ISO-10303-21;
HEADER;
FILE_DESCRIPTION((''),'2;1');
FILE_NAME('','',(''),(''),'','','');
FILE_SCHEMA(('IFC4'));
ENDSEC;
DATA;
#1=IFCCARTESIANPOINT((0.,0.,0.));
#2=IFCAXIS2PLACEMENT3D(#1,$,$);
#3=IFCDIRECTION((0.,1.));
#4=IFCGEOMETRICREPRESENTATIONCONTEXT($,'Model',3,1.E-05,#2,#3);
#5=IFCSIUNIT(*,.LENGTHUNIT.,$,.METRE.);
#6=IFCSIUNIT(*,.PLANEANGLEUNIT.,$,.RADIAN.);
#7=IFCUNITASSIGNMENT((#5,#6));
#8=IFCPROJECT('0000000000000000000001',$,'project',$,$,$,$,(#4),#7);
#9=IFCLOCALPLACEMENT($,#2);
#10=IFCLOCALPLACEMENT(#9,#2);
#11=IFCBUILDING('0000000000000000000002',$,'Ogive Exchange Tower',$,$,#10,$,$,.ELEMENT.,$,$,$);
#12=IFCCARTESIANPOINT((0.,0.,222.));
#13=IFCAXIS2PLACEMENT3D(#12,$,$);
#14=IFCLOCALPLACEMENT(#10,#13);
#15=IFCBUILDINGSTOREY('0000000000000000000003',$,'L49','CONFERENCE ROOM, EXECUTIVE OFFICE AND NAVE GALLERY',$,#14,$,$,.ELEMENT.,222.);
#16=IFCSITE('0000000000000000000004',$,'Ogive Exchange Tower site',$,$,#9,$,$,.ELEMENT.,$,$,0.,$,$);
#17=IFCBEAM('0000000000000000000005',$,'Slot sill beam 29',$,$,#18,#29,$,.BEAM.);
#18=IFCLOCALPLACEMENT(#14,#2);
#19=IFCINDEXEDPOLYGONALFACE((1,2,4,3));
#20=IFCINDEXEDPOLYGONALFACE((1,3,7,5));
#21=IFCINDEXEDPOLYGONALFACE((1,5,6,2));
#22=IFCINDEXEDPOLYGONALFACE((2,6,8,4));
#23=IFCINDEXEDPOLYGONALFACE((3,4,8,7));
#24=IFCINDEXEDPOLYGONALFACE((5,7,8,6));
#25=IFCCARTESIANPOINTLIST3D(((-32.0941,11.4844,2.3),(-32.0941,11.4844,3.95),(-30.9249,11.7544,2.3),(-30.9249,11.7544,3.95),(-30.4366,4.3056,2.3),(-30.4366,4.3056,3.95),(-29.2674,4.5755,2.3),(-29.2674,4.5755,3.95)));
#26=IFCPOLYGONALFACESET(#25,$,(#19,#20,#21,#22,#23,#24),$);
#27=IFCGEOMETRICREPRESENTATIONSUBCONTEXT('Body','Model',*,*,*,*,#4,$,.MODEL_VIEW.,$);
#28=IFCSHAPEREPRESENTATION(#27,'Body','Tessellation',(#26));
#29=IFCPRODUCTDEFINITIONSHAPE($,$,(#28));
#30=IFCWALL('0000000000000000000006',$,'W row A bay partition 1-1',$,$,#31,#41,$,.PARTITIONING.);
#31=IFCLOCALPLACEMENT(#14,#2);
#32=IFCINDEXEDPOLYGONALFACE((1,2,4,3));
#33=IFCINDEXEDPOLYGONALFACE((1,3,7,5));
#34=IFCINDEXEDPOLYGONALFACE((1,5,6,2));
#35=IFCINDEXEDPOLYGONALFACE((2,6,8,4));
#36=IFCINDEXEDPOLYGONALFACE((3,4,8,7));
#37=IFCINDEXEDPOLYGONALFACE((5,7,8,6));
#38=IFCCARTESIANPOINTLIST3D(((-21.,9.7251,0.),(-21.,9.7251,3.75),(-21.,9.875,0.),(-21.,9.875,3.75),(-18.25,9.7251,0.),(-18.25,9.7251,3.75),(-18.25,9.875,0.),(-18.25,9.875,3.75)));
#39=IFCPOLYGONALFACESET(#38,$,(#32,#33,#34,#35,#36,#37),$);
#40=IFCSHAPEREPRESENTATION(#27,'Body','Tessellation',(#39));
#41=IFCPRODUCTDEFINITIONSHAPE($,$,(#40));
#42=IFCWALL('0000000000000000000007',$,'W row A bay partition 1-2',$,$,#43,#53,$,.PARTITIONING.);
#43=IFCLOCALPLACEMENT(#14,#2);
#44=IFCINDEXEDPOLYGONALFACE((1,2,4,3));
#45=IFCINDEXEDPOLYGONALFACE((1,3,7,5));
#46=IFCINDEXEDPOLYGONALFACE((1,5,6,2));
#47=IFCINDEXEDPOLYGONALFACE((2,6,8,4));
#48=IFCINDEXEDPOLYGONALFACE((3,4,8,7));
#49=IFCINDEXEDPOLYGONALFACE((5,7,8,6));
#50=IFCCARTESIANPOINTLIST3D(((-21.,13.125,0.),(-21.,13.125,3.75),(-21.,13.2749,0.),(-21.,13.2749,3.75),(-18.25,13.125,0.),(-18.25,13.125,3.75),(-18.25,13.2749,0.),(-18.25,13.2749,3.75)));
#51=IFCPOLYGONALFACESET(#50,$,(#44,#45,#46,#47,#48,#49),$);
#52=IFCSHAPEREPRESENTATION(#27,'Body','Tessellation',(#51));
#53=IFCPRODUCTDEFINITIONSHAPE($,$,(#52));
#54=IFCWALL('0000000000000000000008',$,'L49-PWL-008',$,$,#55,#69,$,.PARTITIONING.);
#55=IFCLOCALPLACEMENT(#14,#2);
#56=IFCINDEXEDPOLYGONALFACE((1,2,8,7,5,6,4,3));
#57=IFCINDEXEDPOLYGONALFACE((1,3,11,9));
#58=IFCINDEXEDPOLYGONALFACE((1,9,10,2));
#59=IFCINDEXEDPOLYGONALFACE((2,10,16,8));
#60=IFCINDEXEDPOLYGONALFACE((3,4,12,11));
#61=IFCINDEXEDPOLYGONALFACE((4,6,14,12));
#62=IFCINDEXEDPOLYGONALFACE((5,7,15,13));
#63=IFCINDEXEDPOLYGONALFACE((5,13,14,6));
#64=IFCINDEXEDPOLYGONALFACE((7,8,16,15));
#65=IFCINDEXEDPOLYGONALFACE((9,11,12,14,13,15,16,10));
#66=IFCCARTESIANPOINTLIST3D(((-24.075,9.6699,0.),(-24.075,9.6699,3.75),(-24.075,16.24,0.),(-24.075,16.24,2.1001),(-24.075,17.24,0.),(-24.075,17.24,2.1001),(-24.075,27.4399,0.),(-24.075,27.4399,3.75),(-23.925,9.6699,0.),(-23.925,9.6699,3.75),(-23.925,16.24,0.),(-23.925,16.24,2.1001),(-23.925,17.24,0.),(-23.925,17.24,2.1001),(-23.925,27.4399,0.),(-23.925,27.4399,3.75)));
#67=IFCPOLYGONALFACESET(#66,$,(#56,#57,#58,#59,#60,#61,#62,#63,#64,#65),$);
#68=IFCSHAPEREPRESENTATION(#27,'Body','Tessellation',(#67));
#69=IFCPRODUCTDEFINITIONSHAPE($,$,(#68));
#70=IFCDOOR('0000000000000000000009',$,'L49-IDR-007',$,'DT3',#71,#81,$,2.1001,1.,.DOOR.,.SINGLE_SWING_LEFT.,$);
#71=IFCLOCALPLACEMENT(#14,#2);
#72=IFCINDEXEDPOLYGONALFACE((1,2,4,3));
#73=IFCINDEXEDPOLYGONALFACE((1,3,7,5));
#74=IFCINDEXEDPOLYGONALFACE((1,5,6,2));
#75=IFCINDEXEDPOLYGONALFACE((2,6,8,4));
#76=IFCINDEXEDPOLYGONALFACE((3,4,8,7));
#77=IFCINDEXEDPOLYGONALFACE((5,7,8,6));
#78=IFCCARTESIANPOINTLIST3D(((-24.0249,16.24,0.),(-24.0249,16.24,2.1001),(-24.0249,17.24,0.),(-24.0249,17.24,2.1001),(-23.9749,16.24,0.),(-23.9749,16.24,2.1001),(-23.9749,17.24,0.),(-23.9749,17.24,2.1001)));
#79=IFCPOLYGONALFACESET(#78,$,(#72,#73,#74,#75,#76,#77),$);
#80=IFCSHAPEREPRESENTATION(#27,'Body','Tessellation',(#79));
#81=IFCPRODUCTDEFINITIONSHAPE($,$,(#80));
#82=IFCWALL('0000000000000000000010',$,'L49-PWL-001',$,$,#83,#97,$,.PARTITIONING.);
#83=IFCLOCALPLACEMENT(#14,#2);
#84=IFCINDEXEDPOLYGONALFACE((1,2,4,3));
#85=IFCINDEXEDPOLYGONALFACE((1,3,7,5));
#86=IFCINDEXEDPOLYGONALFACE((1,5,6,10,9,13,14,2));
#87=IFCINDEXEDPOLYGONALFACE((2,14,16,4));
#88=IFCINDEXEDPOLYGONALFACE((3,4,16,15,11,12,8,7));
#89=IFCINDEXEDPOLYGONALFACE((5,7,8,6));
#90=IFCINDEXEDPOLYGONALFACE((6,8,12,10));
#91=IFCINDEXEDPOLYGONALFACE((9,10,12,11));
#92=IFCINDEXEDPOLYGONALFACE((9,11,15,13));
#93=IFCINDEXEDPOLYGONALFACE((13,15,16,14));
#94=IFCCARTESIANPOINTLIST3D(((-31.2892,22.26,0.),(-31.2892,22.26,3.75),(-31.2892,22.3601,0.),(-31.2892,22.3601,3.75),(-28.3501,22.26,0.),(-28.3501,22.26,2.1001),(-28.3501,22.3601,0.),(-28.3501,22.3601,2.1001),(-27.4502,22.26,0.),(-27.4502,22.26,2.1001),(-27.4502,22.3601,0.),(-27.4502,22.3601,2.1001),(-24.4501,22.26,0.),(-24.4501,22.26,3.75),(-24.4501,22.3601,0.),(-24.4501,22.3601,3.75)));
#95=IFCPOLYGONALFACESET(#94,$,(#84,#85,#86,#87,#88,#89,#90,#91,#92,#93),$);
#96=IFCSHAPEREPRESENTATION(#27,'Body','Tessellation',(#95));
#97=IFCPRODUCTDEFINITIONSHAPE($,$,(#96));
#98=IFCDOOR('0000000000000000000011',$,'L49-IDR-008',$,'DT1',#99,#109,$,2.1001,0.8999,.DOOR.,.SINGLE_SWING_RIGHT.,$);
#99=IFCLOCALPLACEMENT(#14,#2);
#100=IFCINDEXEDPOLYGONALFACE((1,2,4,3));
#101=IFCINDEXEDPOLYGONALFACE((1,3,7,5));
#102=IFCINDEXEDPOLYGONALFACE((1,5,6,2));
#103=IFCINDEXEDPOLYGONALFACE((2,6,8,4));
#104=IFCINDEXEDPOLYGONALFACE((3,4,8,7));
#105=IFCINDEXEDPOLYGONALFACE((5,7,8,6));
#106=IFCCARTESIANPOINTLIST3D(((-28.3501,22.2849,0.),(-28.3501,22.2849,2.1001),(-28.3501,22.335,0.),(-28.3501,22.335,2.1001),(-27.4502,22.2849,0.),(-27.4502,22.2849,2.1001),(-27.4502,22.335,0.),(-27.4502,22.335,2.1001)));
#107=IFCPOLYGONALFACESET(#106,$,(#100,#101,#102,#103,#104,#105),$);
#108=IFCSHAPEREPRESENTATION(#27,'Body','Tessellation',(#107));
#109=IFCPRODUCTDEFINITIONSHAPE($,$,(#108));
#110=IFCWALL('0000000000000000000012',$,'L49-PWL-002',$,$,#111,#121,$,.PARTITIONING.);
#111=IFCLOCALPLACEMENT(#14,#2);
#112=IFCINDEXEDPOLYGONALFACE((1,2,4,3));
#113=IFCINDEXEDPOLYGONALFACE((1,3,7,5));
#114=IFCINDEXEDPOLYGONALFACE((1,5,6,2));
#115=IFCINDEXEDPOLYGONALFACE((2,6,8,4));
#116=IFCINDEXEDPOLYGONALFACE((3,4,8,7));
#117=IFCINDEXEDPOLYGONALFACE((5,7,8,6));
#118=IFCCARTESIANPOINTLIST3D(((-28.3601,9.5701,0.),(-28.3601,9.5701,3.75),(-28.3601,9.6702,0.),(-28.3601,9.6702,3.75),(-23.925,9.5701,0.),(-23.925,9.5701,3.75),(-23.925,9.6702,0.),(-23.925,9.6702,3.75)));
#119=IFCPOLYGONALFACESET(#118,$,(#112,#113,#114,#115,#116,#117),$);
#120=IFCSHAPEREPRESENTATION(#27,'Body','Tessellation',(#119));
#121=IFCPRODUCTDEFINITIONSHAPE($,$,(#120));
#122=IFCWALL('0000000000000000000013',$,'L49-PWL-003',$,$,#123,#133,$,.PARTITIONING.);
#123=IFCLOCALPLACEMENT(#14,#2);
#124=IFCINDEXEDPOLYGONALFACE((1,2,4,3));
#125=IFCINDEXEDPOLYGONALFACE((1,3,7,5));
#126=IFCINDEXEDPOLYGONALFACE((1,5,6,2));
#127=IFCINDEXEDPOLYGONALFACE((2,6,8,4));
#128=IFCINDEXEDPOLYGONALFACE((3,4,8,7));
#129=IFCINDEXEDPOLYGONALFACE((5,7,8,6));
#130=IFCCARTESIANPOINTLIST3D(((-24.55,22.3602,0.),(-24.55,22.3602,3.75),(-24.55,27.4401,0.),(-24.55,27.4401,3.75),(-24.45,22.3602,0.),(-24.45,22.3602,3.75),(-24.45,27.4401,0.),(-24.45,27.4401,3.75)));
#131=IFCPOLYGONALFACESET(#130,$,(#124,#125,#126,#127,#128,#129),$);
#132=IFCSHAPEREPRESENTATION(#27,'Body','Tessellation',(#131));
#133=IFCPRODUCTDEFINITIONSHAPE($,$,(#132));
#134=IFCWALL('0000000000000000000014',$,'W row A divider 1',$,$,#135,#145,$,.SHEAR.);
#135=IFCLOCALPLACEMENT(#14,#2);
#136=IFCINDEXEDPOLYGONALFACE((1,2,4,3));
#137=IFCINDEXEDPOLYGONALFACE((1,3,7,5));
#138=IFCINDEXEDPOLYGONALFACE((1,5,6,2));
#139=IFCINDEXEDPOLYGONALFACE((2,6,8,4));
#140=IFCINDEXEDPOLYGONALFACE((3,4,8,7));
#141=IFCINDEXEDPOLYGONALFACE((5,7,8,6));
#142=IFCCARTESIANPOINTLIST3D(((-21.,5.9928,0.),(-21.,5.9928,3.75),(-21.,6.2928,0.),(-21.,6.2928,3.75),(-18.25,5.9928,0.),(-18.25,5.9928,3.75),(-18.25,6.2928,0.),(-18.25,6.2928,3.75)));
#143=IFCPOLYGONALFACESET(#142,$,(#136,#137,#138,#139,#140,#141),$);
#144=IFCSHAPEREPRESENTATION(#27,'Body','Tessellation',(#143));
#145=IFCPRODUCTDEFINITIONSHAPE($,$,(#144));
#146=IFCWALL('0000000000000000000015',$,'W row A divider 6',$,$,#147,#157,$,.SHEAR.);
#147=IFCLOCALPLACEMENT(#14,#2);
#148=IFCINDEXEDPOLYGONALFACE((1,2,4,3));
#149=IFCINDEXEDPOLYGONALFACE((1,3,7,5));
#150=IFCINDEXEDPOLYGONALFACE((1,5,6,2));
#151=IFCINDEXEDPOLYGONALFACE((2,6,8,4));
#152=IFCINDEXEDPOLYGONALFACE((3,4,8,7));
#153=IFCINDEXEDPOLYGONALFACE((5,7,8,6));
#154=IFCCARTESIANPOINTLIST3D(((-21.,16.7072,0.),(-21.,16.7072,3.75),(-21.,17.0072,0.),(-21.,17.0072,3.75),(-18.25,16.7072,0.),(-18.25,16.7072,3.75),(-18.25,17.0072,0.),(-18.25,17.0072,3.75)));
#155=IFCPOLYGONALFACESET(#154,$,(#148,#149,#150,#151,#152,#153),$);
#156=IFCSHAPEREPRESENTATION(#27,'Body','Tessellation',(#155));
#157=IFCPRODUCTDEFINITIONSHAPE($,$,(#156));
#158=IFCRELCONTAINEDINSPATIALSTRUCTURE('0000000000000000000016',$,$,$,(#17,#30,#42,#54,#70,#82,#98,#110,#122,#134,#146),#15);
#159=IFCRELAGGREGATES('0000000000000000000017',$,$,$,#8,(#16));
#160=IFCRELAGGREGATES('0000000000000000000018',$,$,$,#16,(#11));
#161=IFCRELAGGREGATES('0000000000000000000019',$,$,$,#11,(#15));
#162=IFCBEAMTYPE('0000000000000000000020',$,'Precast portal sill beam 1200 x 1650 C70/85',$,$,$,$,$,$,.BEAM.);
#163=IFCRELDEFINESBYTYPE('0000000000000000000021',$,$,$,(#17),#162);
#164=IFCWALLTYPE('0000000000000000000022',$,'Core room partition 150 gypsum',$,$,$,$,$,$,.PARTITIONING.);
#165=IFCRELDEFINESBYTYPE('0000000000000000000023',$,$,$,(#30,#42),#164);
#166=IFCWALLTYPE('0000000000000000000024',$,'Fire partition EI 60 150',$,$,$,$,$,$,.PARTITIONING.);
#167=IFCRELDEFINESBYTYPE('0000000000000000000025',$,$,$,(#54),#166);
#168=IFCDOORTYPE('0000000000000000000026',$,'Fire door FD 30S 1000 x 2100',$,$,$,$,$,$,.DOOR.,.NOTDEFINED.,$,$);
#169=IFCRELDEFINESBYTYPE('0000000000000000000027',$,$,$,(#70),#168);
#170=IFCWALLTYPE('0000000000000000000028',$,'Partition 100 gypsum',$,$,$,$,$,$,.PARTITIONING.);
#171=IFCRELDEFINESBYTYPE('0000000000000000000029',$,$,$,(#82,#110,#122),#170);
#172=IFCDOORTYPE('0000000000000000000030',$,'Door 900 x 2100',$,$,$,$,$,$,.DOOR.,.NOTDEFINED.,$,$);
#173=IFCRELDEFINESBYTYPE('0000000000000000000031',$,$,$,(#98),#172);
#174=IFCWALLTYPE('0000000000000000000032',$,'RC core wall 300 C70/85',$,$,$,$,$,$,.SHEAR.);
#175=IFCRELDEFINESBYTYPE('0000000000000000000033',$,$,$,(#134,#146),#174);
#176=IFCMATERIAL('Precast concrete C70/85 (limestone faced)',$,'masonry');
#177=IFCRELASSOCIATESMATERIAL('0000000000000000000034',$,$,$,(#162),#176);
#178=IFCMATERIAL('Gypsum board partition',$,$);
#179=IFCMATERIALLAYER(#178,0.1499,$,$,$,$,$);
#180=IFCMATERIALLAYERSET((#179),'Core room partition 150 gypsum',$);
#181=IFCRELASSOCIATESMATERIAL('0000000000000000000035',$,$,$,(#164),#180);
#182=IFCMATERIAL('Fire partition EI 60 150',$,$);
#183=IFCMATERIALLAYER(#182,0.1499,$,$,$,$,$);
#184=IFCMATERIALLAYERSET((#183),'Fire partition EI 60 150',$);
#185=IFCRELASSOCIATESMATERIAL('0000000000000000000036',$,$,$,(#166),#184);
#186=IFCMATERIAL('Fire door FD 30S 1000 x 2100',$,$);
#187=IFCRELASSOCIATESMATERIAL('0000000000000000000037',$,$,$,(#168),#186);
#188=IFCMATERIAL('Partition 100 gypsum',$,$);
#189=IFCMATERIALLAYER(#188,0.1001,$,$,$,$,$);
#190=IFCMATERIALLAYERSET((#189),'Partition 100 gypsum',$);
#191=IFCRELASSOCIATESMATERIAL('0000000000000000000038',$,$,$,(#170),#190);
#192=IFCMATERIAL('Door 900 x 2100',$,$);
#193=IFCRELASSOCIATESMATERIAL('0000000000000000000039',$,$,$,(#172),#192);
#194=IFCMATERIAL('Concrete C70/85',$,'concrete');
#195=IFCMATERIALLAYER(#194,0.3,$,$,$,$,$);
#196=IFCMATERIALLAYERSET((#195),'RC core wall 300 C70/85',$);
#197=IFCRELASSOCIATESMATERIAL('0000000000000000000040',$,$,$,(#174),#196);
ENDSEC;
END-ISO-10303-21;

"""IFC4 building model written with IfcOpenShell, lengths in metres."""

from ifc_helpers import new_model, si_unit, direction, frame, frame_2d, origin, origin_2d, place, context, subcontext, project, spatial, rectangle, extrude, material, layer, layer_set, material_profile, profile_set, type_object, element, fill, save


model = new_model("IFC4")

# Units and contexts
model_context = context("Model", 3, precision=1e-05, world=origin(), true_north=direction((0.0, 1.0)))
body_context = subcontext(model_context, "Body", "Model", "MODEL_VIEW")
ifc_project = project(units=[si_unit("LENGTHUNIT", "METRE"), si_unit("PLANEANGLEUNIT", "RADIAN")], contexts=[model_context])

# Site, building, storey
site_placement = place(None, origin())
site = spatial("IfcSite", under=ifc_project, at=site_placement, Name="Ogive Exchange Tower site", CompositionType="ELEMENT", RefElevation=0.0)
building_placement = place(site_placement, origin())
building = spatial("IfcBuilding", under=site, at=building_placement, Name="Ogive Exchange Tower", CompositionType="ELEMENT")
storey_placement = place(building_placement, frame((0.0, 0.0, 222.0)))
storey = spatial("IfcBuildingStorey", under=building, at=storey_placement, Name="L49", Description="CONFERENCE ROOM, EXECUTIVE OFFICE AND NAVE GALLERY", CompositionType="ELEMENT", Elevation=222.0)

# Shared definitions
ifc_material_1 = material(Name="Precast concrete C70/85 (limestone faced)", Category="masonry")

# Beam
ifc_material_profile_1 = material_profile(ifc_material_1, rectangle(XDim=1.2, YDim=1.6499, at=origin_2d()), Name="1200 x 1650")
ifc_profile_set_1 = profile_set([ifc_material_profile_1], Name="Precast concrete C70/85 (limestone faced)")
beam_type_1 = type_object("IfcBeamType", Name="Precast portal sill beam 1200 x 1650 C70/85", PredefinedType="BEAM", material=ifc_profile_set_1)
beam_1_placement = place(storey_placement, frame((-31.5095, 11.6194, 3.125), z_axis=(0.224968, -0.974366, 0.0), x_axis=(0.974366, 0.224968, 0.0)))
element("IfcBeam", 1, at=beam_1_placement, inside=storey, type_object=beam_type_1, Name="Slot sill beam 29", PredefinedType="BEAM", context=body_context, shape_type="SweptSolid", body=[
    extrude(rectangle(XDim=1.2, YDim=1.6499, at=origin_2d()), origin(), (0.0, 0.0, 1.0), 7.3677),
])

# Walls
ifc_material_2 = material(Name="Gypsum board partition")
ifc_layer_1 = layer(ifc_material_2, 0.1499)
ifc_layer_set_1 = layer_set([ifc_layer_1], Name="Core room partition 150 gypsum")
wall_type_1 = type_object("IfcWallType", Name="Core room partition 150 gypsum", PredefinedType="PARTITIONING", material=ifc_layer_set_1)
for number, where, z_axis, x_axis, name in (
    (2, (-21.0, 9.8, 0.0), (0.0, 0.0, 1.0), (1.0, 0.0, 0.0), "W row A bay partition 1-1"),
    (3, (-21.0, 13.2, 0.0), (0.0, 0.0, 1.0), (1.0, 0.0, 0.0), "W row A bay partition 1-2"),
):
    element("IfcWall", number, at=place(storey_placement, frame(where, z_axis=z_axis, x_axis=x_axis)), inside=storey, type_object=wall_type_1, Name=name, PredefinedType="PARTITIONING", context=body_context, shape_type="SweptSolid", body=[
        extrude(rectangle(XDim=2.75, YDim=0.1499, at=frame_2d((1.375, 0.0))), origin(), (0.0, 0.0, 1.0), 3.75),
    ])

# Walls, openings, doors
ifc_material_3 = material(Name="Fire partition EI 60 150")
ifc_layer_2 = layer(ifc_material_3, 0.1499)
ifc_layer_set_2 = layer_set([ifc_layer_2], Name="Fire partition EI 60 150")
wall_type_2 = type_object("IfcWallType", Name="Fire partition EI 60 150", PredefinedType="PARTITIONING", material=ifc_layer_set_2)
wall_1_placement = place(storey_placement, frame((-24.0, 9.6699, 0.0), z_axis=(0.0, 0.0, 1.0), x_axis=(0.0, 1.0, 0.0)))
wall_1 = element("IfcWall", 4, at=wall_1_placement, inside=storey, type_object=wall_type_2, Name="L49-PWL-008", PredefinedType="PARTITIONING", context=body_context, shape_type="SweptSolid", body=[
    extrude(rectangle(XDim=17.77, YDim=0.1499, at=frame_2d((8.885, 0.0))), origin(), (0.0, 0.0, 1.0), 3.75),
])
opening_1_placement = place(wall_1_placement, frame((6.5701, 0.0, 0.0)))
opening_1 = element("IfcOpeningElement", 5, at=opening_1_placement, cuts=wall_1, PredefinedType="OPENING", context=body_context, shape_type="SweptSolid", body=[
    extrude(rectangle(XDim=1.0, YDim=2.1001, at=frame_2d((0.5, 1.05))), frame((0.0, 0.085, 0.0), z_axis=(0.0, -1.0, 0.0), x_axis=(1.0, 0.0, 0.0)), (0.0, 0.0, 1.0), 0.1699),
])
ifc_material_4 = material(Name="Fire door FD 30S 1000 x 2100")
door_type_1 = type_object("IfcDoorType", Name="Fire door FD 30S 1000 x 2100", OperationType="NOTDEFINED", PredefinedType="DOOR", material=ifc_material_4)
door_1_placement = place(opening_1_placement, origin())
door_1 = element("IfcDoor", 6, at=door_1_placement, inside=storey, type_object=door_type_1, Name="L49-IDR-007", ObjectType="DT3", OperationType="SINGLE_SWING_LEFT", OverallHeight=2.1001, OverallWidth=1.0, PredefinedType="DOOR", context=body_context, shape_type="SweptSolid", body=[
    extrude(rectangle(XDim=1.0, YDim=2.1001, at=frame_2d((0.5, 1.05))), frame((0.0, 0.0249, 0.0), z_axis=(0.0, -1.0, 0.0), x_axis=(1.0, 0.0, 0.0)), (0.0, 0.0, 1.0), 0.05),
])
fill(opening_1, door_1)
ifc_material_5 = material(Name="Partition 100 gypsum")
ifc_layer_3 = layer(ifc_material_5, 0.1001)
ifc_layer_set_3 = layer_set([ifc_layer_3], Name="Partition 100 gypsum")
wall_type_3 = type_object("IfcWallType", Name="Partition 100 gypsum", PredefinedType="PARTITIONING", material=ifc_layer_set_3)
wall_2_placement = place(storey_placement, frame((-31.2891, 22.3101, 0.0), z_axis=(0.0, 0.0, 1.0), x_axis=(1.0, 0.0, 0.0)))
wall_2 = element("IfcWall", 7, at=wall_2_placement, inside=storey, type_object=wall_type_3, Name="L49-PWL-001", PredefinedType="PARTITIONING", context=body_context, shape_type="SweptSolid", body=[
    extrude(rectangle(XDim=6.8391, YDim=0.1001, at=frame_2d((3.4194, 0.0))), origin(), (0.0, 0.0, 1.0), 3.75),
])
opening_2_placement = place(wall_2_placement, frame((2.939, 0.0, 0.0)))
opening_2 = element("IfcOpeningElement", 8, at=opening_2_placement, cuts=wall_2, PredefinedType="OPENING", context=body_context, shape_type="SweptSolid", body=[
    extrude(rectangle(XDim=0.8999, YDim=2.1001, at=frame_2d((0.45, 1.05))), frame((0.0, 0.0601, 0.0), z_axis=(0.0, -1.0, 0.0), x_axis=(1.0, 0.0, 0.0)), (0.0, 0.0, 1.0), 0.1201),
])
ifc_material_6 = material(Name="Door 900 x 2100")
door_type_2 = type_object("IfcDoorType", Name="Door 900 x 2100", OperationType="NOTDEFINED", PredefinedType="DOOR", material=ifc_material_6)
door_2_placement = place(opening_2_placement, origin())
door_2 = element("IfcDoor", 9, at=door_2_placement, inside=storey, type_object=door_type_2, Name="L49-IDR-008", ObjectType="DT1", OperationType="SINGLE_SWING_RIGHT", OverallHeight=2.1001, OverallWidth=0.8999, PredefinedType="DOOR", context=body_context, shape_type="SweptSolid", body=[
    extrude(rectangle(XDim=0.8999, YDim=2.1001, at=frame_2d((0.45, 1.05))), frame((0.0, 0.0249, 0.0), z_axis=(0.0, -1.0, 0.0), x_axis=(1.0, 0.0, 0.0)), (0.0, 0.0, 1.0), 0.05),
])
fill(opening_2, door_2)

# Walls
wall_3_placement = place(storey_placement, frame((-28.3601, 9.6201, 0.0), z_axis=(0.0, 0.0, 1.0), x_axis=(1.0, 0.0, 0.0)))
element("IfcWall", 10, at=wall_3_placement, inside=storey, type_object=wall_type_3, Name="L49-PWL-002", PredefinedType="PARTITIONING", context=body_context, shape_type="SweptSolid", body=[
    extrude(rectangle(XDim=4.4351, YDim=0.1001, at=frame_2d((2.2175, 0.0))), origin(), (0.0, 0.0, 1.0), 3.75),
])
wall_4_placement = place(storey_placement, frame((-24.5, 22.3601, 0.0), z_axis=(0.0, 0.0, 1.0), x_axis=(0.0, 1.0, 0.0)))
element("IfcWall", 11, at=wall_4_placement, inside=storey, type_object=wall_type_3, Name="L49-PWL-003", PredefinedType="PARTITIONING", context=body_context, shape_type="SweptSolid", body=[
    extrude(rectangle(XDim=5.0798, YDim=0.1001, at=frame_2d((2.54, 0.0))), origin(), (0.0, 0.0, 1.0), 3.75),
])
ifc_material_7 = material(Name="Concrete C70/85", Category="concrete")
ifc_layer_4 = layer(ifc_material_7, 0.3)
ifc_layer_set_4 = layer_set([ifc_layer_4], Name="RC core wall 300 C70/85")
wall_type_4 = type_object("IfcWallType", Name="RC core wall 300 C70/85", PredefinedType="SHEAR", material=ifc_layer_set_4)
for number, where, z_axis, x_axis, name in (
    (12, (-21.0, 6.1428, 0.0), (0.0, 0.0, 1.0), (1.0, 0.0, 0.0), "W row A divider 1"),
    (13, (-21.0, 16.8572, 0.0), (0.0, 0.0, 1.0), (1.0, 0.0, 0.0), "W row A divider 6"),
):
    element("IfcWall", number, at=place(storey_placement, frame(where, z_axis=z_axis, x_axis=x_axis)), inside=storey, type_object=wall_type_4, Name=name, PredefinedType="SHEAR", context=body_context, shape_type="SweptSolid", body=[
        extrude(rectangle(XDim=2.75, YDim=0.3, at=frame_2d((1.375, 0.0))), origin(), (0.0, 0.0, 1.0), 3.75),
    ])

save(model, "model.ifc")
